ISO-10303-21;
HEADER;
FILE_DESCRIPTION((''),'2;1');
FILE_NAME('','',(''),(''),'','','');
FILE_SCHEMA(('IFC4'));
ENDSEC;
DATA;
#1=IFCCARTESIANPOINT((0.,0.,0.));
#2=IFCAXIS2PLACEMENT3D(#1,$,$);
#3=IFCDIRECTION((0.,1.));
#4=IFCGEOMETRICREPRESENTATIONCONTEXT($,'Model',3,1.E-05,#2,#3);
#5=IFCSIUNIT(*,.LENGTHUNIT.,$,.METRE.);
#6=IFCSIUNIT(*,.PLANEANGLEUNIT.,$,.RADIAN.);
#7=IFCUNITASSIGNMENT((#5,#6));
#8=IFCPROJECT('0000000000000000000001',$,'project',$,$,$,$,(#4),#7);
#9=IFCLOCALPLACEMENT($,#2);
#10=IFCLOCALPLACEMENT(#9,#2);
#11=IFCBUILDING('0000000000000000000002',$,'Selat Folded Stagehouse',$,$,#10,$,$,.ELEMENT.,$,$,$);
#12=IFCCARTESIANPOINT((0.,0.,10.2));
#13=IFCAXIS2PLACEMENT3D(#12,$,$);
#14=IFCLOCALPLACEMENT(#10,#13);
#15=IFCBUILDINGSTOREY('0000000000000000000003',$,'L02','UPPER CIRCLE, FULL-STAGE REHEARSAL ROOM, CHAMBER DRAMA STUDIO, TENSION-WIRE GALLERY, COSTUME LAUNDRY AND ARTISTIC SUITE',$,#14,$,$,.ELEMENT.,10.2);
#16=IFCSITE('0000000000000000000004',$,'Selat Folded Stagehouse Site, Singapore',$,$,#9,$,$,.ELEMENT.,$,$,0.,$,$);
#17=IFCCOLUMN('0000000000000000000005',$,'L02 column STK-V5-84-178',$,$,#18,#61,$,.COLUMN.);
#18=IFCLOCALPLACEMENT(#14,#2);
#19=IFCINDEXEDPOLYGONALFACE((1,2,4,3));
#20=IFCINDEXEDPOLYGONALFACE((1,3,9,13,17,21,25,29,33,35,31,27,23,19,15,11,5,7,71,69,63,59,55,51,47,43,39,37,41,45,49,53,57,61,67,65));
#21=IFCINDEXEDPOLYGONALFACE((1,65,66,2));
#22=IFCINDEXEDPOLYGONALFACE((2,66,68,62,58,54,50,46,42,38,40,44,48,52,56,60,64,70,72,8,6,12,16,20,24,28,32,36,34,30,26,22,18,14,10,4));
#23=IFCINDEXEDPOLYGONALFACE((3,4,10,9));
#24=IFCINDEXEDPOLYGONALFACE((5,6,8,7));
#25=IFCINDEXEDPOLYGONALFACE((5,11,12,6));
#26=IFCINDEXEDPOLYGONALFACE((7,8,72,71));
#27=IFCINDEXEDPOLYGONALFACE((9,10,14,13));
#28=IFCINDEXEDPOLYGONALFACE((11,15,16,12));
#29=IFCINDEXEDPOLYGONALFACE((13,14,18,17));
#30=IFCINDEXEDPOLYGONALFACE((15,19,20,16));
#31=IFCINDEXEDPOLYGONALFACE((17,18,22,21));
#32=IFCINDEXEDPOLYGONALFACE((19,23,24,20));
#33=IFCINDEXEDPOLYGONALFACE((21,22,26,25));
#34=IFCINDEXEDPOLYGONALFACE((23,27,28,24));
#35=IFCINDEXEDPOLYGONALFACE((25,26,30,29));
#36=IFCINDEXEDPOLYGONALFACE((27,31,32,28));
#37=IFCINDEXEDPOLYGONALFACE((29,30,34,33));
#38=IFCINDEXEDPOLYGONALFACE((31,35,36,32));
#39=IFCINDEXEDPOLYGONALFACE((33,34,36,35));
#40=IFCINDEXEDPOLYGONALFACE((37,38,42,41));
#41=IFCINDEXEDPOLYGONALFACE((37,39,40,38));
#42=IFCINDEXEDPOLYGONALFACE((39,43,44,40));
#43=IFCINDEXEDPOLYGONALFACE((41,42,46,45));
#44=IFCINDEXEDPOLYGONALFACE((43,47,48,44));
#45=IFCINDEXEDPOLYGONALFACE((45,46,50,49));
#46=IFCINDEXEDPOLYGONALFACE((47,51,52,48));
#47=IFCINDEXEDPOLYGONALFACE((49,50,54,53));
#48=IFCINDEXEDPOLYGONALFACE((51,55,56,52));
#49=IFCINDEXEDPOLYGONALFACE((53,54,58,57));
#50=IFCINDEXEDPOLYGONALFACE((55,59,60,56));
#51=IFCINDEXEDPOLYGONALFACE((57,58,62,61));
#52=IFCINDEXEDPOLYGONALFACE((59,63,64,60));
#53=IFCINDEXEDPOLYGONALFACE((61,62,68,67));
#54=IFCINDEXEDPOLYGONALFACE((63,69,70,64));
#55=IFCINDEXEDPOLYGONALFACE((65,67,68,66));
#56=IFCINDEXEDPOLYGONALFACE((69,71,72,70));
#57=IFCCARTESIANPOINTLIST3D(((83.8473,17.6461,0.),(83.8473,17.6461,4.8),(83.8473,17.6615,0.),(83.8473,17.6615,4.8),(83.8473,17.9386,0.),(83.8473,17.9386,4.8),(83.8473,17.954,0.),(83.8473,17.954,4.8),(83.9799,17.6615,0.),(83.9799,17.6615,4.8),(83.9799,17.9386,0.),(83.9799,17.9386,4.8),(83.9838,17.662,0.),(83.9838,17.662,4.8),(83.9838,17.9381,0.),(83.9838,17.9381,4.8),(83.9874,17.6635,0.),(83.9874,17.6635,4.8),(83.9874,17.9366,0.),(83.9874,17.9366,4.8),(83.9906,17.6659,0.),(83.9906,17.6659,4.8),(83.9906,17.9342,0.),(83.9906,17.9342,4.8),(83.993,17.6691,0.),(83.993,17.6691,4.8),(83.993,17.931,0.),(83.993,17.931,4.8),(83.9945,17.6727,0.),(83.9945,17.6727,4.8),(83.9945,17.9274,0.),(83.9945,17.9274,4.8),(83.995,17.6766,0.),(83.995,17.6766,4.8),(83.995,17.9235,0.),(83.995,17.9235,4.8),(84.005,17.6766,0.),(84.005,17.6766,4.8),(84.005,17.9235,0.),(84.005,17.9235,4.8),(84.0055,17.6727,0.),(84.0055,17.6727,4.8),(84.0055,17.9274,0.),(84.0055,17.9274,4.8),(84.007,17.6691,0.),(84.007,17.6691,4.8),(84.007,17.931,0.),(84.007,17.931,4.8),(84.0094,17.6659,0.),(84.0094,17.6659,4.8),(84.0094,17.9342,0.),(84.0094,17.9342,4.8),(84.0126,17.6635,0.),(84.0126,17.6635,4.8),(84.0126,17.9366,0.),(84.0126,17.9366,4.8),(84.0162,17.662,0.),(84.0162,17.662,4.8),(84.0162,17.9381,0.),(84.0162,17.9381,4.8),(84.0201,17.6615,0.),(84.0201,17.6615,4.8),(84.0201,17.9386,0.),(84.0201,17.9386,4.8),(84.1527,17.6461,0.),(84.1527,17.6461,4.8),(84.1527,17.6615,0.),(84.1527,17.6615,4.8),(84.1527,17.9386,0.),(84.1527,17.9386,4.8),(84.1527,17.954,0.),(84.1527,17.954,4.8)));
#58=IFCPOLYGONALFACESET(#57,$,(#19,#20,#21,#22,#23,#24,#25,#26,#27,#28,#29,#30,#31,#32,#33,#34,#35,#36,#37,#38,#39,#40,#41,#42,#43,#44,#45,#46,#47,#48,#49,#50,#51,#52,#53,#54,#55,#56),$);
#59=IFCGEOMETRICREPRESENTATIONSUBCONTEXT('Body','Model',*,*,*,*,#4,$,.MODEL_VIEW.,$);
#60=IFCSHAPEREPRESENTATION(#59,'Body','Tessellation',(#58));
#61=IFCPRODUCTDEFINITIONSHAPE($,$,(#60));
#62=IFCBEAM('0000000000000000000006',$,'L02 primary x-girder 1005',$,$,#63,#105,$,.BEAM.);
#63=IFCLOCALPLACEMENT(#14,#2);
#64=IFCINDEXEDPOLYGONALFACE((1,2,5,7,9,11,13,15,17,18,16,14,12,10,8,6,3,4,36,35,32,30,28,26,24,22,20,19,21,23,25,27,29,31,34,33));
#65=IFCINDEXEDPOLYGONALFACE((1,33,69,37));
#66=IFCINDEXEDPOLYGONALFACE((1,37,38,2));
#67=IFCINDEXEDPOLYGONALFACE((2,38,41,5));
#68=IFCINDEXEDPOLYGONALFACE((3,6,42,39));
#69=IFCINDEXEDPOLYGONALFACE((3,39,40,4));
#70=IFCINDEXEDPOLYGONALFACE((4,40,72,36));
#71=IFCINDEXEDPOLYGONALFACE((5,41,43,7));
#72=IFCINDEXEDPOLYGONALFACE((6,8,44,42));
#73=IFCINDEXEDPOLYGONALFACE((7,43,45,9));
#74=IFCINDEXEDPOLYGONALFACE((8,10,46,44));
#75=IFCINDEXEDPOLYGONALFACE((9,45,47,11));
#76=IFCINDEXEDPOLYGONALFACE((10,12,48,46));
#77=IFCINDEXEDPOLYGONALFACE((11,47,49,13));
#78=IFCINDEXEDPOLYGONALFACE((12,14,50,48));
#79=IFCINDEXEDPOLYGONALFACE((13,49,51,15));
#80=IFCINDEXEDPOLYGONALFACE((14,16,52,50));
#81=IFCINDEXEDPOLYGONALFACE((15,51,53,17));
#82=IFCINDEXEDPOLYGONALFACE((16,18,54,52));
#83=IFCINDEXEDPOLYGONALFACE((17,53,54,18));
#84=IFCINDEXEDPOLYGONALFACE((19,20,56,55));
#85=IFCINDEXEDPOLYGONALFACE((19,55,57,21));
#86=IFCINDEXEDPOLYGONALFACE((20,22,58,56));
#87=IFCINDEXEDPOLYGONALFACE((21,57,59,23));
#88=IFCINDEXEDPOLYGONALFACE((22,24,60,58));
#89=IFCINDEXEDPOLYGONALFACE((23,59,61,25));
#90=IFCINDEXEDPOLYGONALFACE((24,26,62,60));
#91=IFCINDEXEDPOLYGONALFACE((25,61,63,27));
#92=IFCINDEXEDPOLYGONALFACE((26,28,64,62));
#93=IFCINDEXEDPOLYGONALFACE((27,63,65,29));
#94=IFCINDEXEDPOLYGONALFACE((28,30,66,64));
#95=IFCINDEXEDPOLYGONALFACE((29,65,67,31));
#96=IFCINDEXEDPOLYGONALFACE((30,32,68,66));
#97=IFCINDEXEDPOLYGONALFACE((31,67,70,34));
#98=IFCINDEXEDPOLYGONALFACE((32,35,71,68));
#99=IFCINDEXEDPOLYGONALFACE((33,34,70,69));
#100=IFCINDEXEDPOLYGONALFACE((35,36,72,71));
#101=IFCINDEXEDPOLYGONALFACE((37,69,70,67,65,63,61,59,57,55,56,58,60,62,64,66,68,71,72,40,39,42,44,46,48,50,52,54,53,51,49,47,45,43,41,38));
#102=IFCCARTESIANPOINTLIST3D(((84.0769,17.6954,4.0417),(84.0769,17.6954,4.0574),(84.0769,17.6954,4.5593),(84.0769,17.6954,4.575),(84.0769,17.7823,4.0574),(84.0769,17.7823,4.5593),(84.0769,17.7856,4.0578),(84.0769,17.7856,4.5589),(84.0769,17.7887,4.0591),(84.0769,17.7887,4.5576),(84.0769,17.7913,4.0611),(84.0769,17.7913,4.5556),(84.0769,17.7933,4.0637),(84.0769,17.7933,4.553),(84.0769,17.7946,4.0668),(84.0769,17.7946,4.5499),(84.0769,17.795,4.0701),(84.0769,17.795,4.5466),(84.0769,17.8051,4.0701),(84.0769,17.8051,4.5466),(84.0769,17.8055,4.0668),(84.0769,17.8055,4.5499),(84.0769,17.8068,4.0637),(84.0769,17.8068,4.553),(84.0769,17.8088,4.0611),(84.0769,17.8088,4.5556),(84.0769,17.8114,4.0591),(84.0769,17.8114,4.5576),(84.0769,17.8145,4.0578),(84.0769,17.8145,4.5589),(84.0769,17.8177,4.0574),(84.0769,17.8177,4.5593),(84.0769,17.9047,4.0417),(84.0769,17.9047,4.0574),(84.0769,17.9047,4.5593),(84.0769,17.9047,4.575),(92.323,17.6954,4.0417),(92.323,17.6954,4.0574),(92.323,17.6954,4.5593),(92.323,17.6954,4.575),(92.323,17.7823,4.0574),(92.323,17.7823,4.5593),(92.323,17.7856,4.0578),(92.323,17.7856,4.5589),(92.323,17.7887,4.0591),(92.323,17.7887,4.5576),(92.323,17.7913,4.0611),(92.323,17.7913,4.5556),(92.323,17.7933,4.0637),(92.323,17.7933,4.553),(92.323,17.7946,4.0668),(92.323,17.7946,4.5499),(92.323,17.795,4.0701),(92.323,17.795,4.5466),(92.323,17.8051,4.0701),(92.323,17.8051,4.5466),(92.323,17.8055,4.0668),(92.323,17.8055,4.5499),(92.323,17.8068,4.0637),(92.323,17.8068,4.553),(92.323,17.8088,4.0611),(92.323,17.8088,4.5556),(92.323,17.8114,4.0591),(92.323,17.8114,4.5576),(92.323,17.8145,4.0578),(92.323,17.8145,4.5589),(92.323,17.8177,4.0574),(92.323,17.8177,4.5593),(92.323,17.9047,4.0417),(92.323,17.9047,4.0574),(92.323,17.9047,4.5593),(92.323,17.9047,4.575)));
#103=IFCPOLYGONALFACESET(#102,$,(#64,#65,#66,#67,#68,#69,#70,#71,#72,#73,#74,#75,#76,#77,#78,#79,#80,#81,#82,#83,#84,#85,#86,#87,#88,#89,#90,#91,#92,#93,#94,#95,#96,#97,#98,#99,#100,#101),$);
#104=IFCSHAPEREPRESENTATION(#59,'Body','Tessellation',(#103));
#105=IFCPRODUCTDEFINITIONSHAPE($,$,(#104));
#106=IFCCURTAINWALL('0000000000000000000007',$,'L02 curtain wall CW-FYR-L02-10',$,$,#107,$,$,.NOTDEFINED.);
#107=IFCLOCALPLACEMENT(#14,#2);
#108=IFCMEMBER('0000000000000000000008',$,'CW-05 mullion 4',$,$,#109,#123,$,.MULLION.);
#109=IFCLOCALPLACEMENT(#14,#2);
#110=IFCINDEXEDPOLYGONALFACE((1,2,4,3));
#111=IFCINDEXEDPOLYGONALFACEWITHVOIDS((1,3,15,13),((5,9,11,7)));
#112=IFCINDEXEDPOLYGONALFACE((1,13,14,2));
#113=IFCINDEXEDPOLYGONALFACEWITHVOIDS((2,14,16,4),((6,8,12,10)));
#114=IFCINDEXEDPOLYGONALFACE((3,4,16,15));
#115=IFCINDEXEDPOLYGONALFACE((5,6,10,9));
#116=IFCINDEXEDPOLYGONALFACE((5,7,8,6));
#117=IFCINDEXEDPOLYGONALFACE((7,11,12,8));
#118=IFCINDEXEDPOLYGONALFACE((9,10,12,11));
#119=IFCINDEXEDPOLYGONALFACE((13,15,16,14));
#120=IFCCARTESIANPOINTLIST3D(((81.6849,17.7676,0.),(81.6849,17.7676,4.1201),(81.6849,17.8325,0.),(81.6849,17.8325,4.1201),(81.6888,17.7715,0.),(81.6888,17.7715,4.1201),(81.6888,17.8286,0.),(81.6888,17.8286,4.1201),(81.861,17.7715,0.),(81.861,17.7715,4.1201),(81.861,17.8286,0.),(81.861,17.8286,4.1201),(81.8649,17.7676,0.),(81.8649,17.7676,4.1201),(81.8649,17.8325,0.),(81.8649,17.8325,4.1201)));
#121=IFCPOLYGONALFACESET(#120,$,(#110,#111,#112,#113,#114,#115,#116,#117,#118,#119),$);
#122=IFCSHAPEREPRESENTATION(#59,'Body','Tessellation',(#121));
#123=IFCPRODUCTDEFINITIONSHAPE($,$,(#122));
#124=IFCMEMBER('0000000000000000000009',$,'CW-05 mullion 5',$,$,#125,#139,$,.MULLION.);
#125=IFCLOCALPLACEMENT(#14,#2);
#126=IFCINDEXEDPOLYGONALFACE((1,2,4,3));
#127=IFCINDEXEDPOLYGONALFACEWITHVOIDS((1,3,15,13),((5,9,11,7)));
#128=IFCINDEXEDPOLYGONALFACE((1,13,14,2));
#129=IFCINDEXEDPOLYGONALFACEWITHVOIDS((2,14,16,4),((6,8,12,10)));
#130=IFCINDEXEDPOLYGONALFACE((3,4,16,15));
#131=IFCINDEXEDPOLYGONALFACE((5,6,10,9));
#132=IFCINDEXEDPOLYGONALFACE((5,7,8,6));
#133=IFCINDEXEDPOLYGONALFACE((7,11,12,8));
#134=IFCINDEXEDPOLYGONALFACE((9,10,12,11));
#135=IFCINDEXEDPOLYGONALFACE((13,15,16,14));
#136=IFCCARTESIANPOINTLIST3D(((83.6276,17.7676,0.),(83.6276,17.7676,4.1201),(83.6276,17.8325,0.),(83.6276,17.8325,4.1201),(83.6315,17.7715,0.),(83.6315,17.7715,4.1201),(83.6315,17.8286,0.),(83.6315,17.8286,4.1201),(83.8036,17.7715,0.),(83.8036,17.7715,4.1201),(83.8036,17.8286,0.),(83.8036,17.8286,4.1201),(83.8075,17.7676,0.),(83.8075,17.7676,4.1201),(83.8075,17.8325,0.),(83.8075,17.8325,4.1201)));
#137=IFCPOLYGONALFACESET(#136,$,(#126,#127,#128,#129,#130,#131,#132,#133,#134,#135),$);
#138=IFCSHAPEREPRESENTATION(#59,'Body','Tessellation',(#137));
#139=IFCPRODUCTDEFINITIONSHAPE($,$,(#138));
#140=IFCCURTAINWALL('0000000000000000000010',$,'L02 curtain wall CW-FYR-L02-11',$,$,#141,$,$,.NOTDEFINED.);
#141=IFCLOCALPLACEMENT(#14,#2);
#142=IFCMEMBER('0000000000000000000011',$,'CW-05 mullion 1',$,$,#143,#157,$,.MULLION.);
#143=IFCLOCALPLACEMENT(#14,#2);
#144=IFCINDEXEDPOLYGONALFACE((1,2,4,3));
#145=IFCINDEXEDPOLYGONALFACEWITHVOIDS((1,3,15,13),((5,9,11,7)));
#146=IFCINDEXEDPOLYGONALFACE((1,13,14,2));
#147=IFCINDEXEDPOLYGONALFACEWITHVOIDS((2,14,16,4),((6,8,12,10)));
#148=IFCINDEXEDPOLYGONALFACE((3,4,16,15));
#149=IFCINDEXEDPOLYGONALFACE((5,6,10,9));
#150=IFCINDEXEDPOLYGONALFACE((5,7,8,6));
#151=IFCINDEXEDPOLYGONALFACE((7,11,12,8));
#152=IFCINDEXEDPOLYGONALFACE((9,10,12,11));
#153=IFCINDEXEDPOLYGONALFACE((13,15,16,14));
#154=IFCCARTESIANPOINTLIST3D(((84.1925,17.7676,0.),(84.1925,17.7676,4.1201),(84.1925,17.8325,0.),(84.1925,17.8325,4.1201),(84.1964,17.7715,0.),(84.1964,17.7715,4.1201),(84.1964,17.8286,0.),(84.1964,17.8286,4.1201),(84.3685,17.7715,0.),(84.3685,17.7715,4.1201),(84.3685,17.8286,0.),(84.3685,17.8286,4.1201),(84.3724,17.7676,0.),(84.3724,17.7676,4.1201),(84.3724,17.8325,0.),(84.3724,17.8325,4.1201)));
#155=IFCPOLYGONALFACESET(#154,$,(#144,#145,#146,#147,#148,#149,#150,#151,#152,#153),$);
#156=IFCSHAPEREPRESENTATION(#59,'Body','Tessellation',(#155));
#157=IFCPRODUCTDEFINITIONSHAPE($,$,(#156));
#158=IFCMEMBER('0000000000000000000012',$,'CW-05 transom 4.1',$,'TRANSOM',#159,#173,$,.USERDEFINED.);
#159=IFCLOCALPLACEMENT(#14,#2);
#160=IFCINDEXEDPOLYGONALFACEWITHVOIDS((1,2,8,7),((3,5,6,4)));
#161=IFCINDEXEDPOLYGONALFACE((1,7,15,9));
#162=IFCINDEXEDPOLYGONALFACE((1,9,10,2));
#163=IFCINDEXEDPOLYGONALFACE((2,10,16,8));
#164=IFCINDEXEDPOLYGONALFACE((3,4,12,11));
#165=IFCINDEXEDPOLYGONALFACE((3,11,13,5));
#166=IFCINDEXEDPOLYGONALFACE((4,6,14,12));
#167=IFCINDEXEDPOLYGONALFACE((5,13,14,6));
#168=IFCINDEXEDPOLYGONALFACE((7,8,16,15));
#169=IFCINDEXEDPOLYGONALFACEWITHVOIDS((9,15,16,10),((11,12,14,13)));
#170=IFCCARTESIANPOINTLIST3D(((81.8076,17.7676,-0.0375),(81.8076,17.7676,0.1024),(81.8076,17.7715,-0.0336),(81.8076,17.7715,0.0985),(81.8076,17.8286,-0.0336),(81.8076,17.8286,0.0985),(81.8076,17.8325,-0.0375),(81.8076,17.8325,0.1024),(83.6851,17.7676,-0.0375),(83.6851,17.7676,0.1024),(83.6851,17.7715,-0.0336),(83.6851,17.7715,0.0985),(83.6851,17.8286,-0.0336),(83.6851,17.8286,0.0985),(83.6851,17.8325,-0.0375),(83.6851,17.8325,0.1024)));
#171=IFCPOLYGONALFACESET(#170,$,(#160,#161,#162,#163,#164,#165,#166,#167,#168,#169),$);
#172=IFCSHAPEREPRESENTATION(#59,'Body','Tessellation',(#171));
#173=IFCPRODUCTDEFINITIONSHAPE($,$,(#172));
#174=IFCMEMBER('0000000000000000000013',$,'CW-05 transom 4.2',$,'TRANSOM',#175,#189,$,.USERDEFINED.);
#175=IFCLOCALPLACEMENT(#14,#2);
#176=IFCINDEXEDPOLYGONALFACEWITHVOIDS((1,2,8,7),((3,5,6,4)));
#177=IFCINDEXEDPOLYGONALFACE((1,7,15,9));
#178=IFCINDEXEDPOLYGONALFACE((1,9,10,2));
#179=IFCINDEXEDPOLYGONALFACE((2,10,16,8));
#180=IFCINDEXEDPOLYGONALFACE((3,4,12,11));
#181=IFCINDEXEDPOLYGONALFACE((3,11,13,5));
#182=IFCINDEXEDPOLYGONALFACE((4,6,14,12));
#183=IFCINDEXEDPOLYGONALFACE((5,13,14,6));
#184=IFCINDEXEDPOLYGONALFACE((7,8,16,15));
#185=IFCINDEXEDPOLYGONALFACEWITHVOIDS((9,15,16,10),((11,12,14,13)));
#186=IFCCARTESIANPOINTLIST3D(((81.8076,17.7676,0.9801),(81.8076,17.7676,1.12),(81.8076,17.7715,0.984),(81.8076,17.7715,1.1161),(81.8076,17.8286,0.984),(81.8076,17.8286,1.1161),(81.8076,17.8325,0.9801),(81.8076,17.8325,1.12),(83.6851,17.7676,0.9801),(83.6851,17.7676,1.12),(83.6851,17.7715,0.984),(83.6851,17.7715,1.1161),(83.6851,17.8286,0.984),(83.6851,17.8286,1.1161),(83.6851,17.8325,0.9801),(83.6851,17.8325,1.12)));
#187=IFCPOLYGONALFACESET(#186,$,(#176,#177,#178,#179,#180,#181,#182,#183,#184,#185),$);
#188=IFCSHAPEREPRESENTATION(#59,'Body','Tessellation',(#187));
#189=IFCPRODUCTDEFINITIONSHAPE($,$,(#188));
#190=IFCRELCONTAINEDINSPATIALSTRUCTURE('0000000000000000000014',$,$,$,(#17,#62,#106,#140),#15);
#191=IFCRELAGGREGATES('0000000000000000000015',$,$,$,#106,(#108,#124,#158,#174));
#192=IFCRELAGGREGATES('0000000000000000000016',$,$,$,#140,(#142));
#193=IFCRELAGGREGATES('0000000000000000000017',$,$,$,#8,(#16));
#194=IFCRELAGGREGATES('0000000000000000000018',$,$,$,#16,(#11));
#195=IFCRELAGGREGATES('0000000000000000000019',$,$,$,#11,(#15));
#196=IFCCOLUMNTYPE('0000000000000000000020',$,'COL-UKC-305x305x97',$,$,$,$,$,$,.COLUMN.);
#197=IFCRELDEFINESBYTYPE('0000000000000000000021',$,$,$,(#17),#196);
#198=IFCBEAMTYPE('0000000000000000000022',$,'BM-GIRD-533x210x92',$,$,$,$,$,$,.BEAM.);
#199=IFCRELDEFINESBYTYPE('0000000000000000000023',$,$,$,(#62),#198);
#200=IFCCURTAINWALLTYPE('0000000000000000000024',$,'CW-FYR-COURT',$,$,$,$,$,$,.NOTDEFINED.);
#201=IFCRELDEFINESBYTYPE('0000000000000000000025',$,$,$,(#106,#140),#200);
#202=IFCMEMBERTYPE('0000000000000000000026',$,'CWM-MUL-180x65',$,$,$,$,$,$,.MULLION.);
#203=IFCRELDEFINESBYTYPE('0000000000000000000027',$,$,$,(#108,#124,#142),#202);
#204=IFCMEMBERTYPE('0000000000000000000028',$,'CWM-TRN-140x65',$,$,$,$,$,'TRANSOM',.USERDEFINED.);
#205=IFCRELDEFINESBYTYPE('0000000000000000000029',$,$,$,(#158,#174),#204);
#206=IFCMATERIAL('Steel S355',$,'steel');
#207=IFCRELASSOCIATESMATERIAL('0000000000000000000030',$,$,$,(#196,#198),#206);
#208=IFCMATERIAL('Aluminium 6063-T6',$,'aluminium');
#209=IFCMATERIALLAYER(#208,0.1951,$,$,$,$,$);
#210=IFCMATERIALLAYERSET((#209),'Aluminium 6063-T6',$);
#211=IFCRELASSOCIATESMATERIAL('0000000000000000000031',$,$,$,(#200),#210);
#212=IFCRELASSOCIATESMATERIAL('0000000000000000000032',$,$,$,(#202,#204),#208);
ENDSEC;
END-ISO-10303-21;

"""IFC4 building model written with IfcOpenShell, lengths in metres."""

from ifc_helpers import new_model, si_unit, direction, frame, origin, origin_2d, place, context, subcontext, project, spatial, hollow_rectangle, i_section, extrude, material, layer, layer_set, material_profile, profile_set, type_object, element, aggregate, save


model = new_model("IFC4")

# Units and contexts
model_context = context("Model", 3, precision=1e-05, world=origin(), true_north=direction((0.0, 1.0)))
body_context = subcontext(model_context, "Body", "Model", "MODEL_VIEW")
ifc_project = project(units=[si_unit("LENGTHUNIT", "METRE"), si_unit("PLANEANGLEUNIT", "RADIAN")], contexts=[model_context])

# Site, building, storey
site_placement = place(None, origin())
site = spatial("IfcSite", under=ifc_project, at=site_placement, Name="Selat Folded Stagehouse Site, Singapore", CompositionType="ELEMENT", RefElevation=0.0)
building_placement = place(site_placement, origin())
building = spatial("IfcBuilding", under=site, at=building_placement, Name="Selat Folded Stagehouse", CompositionType="ELEMENT")
storey_placement = place(building_placement, frame((0.0, 0.0, 10.2)))
storey = spatial("IfcBuildingStorey", under=building, at=storey_placement, Name="L02", Description="UPPER CIRCLE, FULL-STAGE REHEARSAL ROOM, CHAMBER DRAMA STUDIO, TENSION-WIRE GALLERY, COSTUME LAUNDRY AND ARTISTIC SUITE", CompositionType="ELEMENT", Elevation=10.2)

# Column
ifc_material_1 = material(Name="Steel S355", Category="steel")
ifc_material_profile_1 = material_profile(ifc_material_1, i_section(OverallWidth=0.3054, OverallDepth=0.3079, WebThickness=0.01, FlangeThickness=0.0154, FilletRadius=0.0151, at=origin_2d()), Name="UKC 305x305x97")
ifc_profile_set_1 = profile_set([ifc_material_profile_1], Name="Steel S355")
column_type = type_object("IfcColumnType", Name="COL-UKC-305x305x97", PredefinedType="COLUMN", material=ifc_profile_set_1)
column_placement = place(storey_placement, frame((84.0, 17.8, 0.0), z_axis=(0.0, 0.0, 1.0), x_axis=(1.0, 0.0, 0.0)))
element("IfcColumn", 1, at=column_placement, inside=storey, type_object=column_type, Name="L02 column STK-V5-84-178", PredefinedType="COLUMN", context=body_context, shape_type="SweptSolid", body=[
    extrude(i_section(OverallWidth=0.3054, OverallDepth=0.3079, WebThickness=0.01, FlangeThickness=0.0154, FilletRadius=0.0151, at=origin_2d()), origin(), (0.0, 0.0, 1.0), 4.8),
])

# Beam
ifc_material_profile_2 = material_profile(ifc_material_1, i_section(OverallWidth=0.2092, OverallDepth=0.5332, WebThickness=0.01, FlangeThickness=0.0156, FilletRadius=0.0127, at=origin_2d()), Name="UKB 533x210x92")
ifc_profile_set_2 = profile_set([ifc_material_profile_2], Name="Steel S355")
beam_type = type_object("IfcBeamType", Name="BM-GIRD-533x210x92", PredefinedType="BEAM", material=ifc_profile_set_2)
beam_placement = place(storey_placement, frame((84.0769, 17.8, 4.3083), z_axis=(1.0, 0.0, 0.0), x_axis=(0.0, 1.0, 0.0)))
element("IfcBeam", 2, at=beam_placement, inside=storey, type_object=beam_type, Name="L02 primary x-girder 1005", PredefinedType="BEAM", context=body_context, shape_type="SweptSolid", body=[
    extrude(i_section(OverallWidth=0.2092, OverallDepth=0.5332, WebThickness=0.01, FlangeThickness=0.0156, FilletRadius=0.0127, at=origin_2d()), origin(), (0.0, 0.0, 1.0), 8.2461),
])

# Curtain wall, members
ifc_material_2 = material(Name="Aluminium 6063-T6", Category="aluminium")
ifc_layer_1 = layer(ifc_material_2, 0.1951)
ifc_layer_set_1 = layer_set([ifc_layer_1], Name="Aluminium 6063-T6")
curtain_wall_type = type_object("IfcCurtainWallType", Name="CW-FYR-COURT", PredefinedType="NOTDEFINED", material=ifc_layer_set_1)
curtain_wall_1_placement = place(storey_placement, origin())
curtain_wall_1 = element("IfcCurtainWall", 3, at=curtain_wall_1_placement, inside=storey, type_object=curtain_wall_type, Name="L02 curtain wall CW-FYR-L02-10", PredefinedType="NOTDEFINED")
ifc_material_profile_3 = material_profile(ifc_material_2, hollow_rectangle(XDim=0.0649, YDim=0.1799, WallThickness=0.0039, at=origin_2d()), Name="ALU 180x65x4.0")
ifc_profile_set_3 = profile_set([ifc_material_profile_3], Name="Aluminium 6063-T6")
member_type_1 = type_object("IfcMemberType", Name="CWM-MUL-180x65", PredefinedType="MULLION", material=ifc_profile_set_3)
member_1_placement = place(storey_placement, frame((81.7749, 17.8, 0.0), z_axis=(0.0, 0.0, 1.0), x_axis=(0.0, 1.0, 0.0)))
member_1 = element("IfcMember", 4, at=member_1_placement, type_object=member_type_1, Name="CW-05 mullion 4", PredefinedType="MULLION", context=body_context, shape_type="SweptSolid", body=[
    extrude(hollow_rectangle(XDim=0.0649, YDim=0.1799, WallThickness=0.0039, at=origin_2d()), origin(), (0.0, 0.0, 1.0), 4.1201),
])
member_2_placement = place(storey_placement, frame((83.7175, 17.8, 0.0), z_axis=(0.0, 0.0, 1.0), x_axis=(0.0, 1.0, 0.0)))
member_2 = element("IfcMember", 5, at=member_2_placement, type_object=member_type_1, Name="CW-05 mullion 5", PredefinedType="MULLION", context=body_context, shape_type="SweptSolid", body=[
    extrude(hollow_rectangle(XDim=0.0649, YDim=0.1799, WallThickness=0.0039, at=origin_2d()), origin(), (0.0, 0.0, 1.0), 4.1201),
])

# Curtain wall, member
curtain_wall_2_placement = place(storey_placement, origin())
curtain_wall_2 = element("IfcCurtainWall", 6, at=curtain_wall_2_placement, inside=storey, type_object=curtain_wall_type, Name="L02 curtain wall CW-FYR-L02-11", PredefinedType="NOTDEFINED")
member_3_placement = place(storey_placement, frame((84.2825, 17.8, 0.0), z_axis=(0.0, 0.0, 1.0), x_axis=(0.0, 1.0, 0.0)))
member_3 = element("IfcMember", 7, at=member_3_placement, type_object=member_type_1, Name="CW-05 mullion 1", PredefinedType="MULLION", context=body_context, shape_type="SweptSolid", body=[
    extrude(hollow_rectangle(XDim=0.0649, YDim=0.1799, WallThickness=0.0039, at=origin_2d()), origin(), (0.0, 0.0, 1.0), 4.1201),
])

# Members
ifc_material_profile_4 = material_profile(ifc_material_2, hollow_rectangle(XDim=0.0649, YDim=0.1399, WallThickness=0.0039, at=origin_2d()), Name="ALU 140x65x4.0")
ifc_profile_set_4 = profile_set([ifc_material_profile_4], Name="Aluminium 6063-T6")
member_type_2 = type_object("IfcMemberType", Name="CWM-TRN-140x65", ElementType="TRANSOM", PredefinedType="USERDEFINED", material=ifc_profile_set_4)
member_4_placement = place(storey_placement, frame((81.8076, 17.8, 0.0325), z_axis=(1.0, 0.0, 0.0), x_axis=(0.0, 1.0, 0.0)))
member_4 = element("IfcMember", 8, at=member_4_placement, type_object=member_type_2, Name="CW-05 transom 4.1", ObjectType="TRANSOM", PredefinedType="USERDEFINED", context=body_context, shape_type="SweptSolid", body=[
    extrude(hollow_rectangle(XDim=0.0649, YDim=0.1399, WallThickness=0.0039, at=origin_2d()), origin(), (0.0, 0.0, 1.0), 1.8774),
])
member_5_placement = place(storey_placement, frame((81.8076, 17.8, 1.05), z_axis=(1.0, 0.0, 0.0), x_axis=(0.0, 1.0, 0.0)))
member_5 = element("IfcMember", 9, at=member_5_placement, type_object=member_type_2, Name="CW-05 transom 4.2", ObjectType="TRANSOM", PredefinedType="USERDEFINED", context=body_context, shape_type="SweptSolid", body=[
    extrude(hollow_rectangle(XDim=0.0649, YDim=0.1399, WallThickness=0.0039, at=origin_2d()), origin(), (0.0, 0.0, 1.0), 1.8774),
])

aggregate(curtain_wall_1, [member_1, member_2, member_4, member_5])
aggregate(curtain_wall_2, [member_3])

save(model, "model.ifc")
